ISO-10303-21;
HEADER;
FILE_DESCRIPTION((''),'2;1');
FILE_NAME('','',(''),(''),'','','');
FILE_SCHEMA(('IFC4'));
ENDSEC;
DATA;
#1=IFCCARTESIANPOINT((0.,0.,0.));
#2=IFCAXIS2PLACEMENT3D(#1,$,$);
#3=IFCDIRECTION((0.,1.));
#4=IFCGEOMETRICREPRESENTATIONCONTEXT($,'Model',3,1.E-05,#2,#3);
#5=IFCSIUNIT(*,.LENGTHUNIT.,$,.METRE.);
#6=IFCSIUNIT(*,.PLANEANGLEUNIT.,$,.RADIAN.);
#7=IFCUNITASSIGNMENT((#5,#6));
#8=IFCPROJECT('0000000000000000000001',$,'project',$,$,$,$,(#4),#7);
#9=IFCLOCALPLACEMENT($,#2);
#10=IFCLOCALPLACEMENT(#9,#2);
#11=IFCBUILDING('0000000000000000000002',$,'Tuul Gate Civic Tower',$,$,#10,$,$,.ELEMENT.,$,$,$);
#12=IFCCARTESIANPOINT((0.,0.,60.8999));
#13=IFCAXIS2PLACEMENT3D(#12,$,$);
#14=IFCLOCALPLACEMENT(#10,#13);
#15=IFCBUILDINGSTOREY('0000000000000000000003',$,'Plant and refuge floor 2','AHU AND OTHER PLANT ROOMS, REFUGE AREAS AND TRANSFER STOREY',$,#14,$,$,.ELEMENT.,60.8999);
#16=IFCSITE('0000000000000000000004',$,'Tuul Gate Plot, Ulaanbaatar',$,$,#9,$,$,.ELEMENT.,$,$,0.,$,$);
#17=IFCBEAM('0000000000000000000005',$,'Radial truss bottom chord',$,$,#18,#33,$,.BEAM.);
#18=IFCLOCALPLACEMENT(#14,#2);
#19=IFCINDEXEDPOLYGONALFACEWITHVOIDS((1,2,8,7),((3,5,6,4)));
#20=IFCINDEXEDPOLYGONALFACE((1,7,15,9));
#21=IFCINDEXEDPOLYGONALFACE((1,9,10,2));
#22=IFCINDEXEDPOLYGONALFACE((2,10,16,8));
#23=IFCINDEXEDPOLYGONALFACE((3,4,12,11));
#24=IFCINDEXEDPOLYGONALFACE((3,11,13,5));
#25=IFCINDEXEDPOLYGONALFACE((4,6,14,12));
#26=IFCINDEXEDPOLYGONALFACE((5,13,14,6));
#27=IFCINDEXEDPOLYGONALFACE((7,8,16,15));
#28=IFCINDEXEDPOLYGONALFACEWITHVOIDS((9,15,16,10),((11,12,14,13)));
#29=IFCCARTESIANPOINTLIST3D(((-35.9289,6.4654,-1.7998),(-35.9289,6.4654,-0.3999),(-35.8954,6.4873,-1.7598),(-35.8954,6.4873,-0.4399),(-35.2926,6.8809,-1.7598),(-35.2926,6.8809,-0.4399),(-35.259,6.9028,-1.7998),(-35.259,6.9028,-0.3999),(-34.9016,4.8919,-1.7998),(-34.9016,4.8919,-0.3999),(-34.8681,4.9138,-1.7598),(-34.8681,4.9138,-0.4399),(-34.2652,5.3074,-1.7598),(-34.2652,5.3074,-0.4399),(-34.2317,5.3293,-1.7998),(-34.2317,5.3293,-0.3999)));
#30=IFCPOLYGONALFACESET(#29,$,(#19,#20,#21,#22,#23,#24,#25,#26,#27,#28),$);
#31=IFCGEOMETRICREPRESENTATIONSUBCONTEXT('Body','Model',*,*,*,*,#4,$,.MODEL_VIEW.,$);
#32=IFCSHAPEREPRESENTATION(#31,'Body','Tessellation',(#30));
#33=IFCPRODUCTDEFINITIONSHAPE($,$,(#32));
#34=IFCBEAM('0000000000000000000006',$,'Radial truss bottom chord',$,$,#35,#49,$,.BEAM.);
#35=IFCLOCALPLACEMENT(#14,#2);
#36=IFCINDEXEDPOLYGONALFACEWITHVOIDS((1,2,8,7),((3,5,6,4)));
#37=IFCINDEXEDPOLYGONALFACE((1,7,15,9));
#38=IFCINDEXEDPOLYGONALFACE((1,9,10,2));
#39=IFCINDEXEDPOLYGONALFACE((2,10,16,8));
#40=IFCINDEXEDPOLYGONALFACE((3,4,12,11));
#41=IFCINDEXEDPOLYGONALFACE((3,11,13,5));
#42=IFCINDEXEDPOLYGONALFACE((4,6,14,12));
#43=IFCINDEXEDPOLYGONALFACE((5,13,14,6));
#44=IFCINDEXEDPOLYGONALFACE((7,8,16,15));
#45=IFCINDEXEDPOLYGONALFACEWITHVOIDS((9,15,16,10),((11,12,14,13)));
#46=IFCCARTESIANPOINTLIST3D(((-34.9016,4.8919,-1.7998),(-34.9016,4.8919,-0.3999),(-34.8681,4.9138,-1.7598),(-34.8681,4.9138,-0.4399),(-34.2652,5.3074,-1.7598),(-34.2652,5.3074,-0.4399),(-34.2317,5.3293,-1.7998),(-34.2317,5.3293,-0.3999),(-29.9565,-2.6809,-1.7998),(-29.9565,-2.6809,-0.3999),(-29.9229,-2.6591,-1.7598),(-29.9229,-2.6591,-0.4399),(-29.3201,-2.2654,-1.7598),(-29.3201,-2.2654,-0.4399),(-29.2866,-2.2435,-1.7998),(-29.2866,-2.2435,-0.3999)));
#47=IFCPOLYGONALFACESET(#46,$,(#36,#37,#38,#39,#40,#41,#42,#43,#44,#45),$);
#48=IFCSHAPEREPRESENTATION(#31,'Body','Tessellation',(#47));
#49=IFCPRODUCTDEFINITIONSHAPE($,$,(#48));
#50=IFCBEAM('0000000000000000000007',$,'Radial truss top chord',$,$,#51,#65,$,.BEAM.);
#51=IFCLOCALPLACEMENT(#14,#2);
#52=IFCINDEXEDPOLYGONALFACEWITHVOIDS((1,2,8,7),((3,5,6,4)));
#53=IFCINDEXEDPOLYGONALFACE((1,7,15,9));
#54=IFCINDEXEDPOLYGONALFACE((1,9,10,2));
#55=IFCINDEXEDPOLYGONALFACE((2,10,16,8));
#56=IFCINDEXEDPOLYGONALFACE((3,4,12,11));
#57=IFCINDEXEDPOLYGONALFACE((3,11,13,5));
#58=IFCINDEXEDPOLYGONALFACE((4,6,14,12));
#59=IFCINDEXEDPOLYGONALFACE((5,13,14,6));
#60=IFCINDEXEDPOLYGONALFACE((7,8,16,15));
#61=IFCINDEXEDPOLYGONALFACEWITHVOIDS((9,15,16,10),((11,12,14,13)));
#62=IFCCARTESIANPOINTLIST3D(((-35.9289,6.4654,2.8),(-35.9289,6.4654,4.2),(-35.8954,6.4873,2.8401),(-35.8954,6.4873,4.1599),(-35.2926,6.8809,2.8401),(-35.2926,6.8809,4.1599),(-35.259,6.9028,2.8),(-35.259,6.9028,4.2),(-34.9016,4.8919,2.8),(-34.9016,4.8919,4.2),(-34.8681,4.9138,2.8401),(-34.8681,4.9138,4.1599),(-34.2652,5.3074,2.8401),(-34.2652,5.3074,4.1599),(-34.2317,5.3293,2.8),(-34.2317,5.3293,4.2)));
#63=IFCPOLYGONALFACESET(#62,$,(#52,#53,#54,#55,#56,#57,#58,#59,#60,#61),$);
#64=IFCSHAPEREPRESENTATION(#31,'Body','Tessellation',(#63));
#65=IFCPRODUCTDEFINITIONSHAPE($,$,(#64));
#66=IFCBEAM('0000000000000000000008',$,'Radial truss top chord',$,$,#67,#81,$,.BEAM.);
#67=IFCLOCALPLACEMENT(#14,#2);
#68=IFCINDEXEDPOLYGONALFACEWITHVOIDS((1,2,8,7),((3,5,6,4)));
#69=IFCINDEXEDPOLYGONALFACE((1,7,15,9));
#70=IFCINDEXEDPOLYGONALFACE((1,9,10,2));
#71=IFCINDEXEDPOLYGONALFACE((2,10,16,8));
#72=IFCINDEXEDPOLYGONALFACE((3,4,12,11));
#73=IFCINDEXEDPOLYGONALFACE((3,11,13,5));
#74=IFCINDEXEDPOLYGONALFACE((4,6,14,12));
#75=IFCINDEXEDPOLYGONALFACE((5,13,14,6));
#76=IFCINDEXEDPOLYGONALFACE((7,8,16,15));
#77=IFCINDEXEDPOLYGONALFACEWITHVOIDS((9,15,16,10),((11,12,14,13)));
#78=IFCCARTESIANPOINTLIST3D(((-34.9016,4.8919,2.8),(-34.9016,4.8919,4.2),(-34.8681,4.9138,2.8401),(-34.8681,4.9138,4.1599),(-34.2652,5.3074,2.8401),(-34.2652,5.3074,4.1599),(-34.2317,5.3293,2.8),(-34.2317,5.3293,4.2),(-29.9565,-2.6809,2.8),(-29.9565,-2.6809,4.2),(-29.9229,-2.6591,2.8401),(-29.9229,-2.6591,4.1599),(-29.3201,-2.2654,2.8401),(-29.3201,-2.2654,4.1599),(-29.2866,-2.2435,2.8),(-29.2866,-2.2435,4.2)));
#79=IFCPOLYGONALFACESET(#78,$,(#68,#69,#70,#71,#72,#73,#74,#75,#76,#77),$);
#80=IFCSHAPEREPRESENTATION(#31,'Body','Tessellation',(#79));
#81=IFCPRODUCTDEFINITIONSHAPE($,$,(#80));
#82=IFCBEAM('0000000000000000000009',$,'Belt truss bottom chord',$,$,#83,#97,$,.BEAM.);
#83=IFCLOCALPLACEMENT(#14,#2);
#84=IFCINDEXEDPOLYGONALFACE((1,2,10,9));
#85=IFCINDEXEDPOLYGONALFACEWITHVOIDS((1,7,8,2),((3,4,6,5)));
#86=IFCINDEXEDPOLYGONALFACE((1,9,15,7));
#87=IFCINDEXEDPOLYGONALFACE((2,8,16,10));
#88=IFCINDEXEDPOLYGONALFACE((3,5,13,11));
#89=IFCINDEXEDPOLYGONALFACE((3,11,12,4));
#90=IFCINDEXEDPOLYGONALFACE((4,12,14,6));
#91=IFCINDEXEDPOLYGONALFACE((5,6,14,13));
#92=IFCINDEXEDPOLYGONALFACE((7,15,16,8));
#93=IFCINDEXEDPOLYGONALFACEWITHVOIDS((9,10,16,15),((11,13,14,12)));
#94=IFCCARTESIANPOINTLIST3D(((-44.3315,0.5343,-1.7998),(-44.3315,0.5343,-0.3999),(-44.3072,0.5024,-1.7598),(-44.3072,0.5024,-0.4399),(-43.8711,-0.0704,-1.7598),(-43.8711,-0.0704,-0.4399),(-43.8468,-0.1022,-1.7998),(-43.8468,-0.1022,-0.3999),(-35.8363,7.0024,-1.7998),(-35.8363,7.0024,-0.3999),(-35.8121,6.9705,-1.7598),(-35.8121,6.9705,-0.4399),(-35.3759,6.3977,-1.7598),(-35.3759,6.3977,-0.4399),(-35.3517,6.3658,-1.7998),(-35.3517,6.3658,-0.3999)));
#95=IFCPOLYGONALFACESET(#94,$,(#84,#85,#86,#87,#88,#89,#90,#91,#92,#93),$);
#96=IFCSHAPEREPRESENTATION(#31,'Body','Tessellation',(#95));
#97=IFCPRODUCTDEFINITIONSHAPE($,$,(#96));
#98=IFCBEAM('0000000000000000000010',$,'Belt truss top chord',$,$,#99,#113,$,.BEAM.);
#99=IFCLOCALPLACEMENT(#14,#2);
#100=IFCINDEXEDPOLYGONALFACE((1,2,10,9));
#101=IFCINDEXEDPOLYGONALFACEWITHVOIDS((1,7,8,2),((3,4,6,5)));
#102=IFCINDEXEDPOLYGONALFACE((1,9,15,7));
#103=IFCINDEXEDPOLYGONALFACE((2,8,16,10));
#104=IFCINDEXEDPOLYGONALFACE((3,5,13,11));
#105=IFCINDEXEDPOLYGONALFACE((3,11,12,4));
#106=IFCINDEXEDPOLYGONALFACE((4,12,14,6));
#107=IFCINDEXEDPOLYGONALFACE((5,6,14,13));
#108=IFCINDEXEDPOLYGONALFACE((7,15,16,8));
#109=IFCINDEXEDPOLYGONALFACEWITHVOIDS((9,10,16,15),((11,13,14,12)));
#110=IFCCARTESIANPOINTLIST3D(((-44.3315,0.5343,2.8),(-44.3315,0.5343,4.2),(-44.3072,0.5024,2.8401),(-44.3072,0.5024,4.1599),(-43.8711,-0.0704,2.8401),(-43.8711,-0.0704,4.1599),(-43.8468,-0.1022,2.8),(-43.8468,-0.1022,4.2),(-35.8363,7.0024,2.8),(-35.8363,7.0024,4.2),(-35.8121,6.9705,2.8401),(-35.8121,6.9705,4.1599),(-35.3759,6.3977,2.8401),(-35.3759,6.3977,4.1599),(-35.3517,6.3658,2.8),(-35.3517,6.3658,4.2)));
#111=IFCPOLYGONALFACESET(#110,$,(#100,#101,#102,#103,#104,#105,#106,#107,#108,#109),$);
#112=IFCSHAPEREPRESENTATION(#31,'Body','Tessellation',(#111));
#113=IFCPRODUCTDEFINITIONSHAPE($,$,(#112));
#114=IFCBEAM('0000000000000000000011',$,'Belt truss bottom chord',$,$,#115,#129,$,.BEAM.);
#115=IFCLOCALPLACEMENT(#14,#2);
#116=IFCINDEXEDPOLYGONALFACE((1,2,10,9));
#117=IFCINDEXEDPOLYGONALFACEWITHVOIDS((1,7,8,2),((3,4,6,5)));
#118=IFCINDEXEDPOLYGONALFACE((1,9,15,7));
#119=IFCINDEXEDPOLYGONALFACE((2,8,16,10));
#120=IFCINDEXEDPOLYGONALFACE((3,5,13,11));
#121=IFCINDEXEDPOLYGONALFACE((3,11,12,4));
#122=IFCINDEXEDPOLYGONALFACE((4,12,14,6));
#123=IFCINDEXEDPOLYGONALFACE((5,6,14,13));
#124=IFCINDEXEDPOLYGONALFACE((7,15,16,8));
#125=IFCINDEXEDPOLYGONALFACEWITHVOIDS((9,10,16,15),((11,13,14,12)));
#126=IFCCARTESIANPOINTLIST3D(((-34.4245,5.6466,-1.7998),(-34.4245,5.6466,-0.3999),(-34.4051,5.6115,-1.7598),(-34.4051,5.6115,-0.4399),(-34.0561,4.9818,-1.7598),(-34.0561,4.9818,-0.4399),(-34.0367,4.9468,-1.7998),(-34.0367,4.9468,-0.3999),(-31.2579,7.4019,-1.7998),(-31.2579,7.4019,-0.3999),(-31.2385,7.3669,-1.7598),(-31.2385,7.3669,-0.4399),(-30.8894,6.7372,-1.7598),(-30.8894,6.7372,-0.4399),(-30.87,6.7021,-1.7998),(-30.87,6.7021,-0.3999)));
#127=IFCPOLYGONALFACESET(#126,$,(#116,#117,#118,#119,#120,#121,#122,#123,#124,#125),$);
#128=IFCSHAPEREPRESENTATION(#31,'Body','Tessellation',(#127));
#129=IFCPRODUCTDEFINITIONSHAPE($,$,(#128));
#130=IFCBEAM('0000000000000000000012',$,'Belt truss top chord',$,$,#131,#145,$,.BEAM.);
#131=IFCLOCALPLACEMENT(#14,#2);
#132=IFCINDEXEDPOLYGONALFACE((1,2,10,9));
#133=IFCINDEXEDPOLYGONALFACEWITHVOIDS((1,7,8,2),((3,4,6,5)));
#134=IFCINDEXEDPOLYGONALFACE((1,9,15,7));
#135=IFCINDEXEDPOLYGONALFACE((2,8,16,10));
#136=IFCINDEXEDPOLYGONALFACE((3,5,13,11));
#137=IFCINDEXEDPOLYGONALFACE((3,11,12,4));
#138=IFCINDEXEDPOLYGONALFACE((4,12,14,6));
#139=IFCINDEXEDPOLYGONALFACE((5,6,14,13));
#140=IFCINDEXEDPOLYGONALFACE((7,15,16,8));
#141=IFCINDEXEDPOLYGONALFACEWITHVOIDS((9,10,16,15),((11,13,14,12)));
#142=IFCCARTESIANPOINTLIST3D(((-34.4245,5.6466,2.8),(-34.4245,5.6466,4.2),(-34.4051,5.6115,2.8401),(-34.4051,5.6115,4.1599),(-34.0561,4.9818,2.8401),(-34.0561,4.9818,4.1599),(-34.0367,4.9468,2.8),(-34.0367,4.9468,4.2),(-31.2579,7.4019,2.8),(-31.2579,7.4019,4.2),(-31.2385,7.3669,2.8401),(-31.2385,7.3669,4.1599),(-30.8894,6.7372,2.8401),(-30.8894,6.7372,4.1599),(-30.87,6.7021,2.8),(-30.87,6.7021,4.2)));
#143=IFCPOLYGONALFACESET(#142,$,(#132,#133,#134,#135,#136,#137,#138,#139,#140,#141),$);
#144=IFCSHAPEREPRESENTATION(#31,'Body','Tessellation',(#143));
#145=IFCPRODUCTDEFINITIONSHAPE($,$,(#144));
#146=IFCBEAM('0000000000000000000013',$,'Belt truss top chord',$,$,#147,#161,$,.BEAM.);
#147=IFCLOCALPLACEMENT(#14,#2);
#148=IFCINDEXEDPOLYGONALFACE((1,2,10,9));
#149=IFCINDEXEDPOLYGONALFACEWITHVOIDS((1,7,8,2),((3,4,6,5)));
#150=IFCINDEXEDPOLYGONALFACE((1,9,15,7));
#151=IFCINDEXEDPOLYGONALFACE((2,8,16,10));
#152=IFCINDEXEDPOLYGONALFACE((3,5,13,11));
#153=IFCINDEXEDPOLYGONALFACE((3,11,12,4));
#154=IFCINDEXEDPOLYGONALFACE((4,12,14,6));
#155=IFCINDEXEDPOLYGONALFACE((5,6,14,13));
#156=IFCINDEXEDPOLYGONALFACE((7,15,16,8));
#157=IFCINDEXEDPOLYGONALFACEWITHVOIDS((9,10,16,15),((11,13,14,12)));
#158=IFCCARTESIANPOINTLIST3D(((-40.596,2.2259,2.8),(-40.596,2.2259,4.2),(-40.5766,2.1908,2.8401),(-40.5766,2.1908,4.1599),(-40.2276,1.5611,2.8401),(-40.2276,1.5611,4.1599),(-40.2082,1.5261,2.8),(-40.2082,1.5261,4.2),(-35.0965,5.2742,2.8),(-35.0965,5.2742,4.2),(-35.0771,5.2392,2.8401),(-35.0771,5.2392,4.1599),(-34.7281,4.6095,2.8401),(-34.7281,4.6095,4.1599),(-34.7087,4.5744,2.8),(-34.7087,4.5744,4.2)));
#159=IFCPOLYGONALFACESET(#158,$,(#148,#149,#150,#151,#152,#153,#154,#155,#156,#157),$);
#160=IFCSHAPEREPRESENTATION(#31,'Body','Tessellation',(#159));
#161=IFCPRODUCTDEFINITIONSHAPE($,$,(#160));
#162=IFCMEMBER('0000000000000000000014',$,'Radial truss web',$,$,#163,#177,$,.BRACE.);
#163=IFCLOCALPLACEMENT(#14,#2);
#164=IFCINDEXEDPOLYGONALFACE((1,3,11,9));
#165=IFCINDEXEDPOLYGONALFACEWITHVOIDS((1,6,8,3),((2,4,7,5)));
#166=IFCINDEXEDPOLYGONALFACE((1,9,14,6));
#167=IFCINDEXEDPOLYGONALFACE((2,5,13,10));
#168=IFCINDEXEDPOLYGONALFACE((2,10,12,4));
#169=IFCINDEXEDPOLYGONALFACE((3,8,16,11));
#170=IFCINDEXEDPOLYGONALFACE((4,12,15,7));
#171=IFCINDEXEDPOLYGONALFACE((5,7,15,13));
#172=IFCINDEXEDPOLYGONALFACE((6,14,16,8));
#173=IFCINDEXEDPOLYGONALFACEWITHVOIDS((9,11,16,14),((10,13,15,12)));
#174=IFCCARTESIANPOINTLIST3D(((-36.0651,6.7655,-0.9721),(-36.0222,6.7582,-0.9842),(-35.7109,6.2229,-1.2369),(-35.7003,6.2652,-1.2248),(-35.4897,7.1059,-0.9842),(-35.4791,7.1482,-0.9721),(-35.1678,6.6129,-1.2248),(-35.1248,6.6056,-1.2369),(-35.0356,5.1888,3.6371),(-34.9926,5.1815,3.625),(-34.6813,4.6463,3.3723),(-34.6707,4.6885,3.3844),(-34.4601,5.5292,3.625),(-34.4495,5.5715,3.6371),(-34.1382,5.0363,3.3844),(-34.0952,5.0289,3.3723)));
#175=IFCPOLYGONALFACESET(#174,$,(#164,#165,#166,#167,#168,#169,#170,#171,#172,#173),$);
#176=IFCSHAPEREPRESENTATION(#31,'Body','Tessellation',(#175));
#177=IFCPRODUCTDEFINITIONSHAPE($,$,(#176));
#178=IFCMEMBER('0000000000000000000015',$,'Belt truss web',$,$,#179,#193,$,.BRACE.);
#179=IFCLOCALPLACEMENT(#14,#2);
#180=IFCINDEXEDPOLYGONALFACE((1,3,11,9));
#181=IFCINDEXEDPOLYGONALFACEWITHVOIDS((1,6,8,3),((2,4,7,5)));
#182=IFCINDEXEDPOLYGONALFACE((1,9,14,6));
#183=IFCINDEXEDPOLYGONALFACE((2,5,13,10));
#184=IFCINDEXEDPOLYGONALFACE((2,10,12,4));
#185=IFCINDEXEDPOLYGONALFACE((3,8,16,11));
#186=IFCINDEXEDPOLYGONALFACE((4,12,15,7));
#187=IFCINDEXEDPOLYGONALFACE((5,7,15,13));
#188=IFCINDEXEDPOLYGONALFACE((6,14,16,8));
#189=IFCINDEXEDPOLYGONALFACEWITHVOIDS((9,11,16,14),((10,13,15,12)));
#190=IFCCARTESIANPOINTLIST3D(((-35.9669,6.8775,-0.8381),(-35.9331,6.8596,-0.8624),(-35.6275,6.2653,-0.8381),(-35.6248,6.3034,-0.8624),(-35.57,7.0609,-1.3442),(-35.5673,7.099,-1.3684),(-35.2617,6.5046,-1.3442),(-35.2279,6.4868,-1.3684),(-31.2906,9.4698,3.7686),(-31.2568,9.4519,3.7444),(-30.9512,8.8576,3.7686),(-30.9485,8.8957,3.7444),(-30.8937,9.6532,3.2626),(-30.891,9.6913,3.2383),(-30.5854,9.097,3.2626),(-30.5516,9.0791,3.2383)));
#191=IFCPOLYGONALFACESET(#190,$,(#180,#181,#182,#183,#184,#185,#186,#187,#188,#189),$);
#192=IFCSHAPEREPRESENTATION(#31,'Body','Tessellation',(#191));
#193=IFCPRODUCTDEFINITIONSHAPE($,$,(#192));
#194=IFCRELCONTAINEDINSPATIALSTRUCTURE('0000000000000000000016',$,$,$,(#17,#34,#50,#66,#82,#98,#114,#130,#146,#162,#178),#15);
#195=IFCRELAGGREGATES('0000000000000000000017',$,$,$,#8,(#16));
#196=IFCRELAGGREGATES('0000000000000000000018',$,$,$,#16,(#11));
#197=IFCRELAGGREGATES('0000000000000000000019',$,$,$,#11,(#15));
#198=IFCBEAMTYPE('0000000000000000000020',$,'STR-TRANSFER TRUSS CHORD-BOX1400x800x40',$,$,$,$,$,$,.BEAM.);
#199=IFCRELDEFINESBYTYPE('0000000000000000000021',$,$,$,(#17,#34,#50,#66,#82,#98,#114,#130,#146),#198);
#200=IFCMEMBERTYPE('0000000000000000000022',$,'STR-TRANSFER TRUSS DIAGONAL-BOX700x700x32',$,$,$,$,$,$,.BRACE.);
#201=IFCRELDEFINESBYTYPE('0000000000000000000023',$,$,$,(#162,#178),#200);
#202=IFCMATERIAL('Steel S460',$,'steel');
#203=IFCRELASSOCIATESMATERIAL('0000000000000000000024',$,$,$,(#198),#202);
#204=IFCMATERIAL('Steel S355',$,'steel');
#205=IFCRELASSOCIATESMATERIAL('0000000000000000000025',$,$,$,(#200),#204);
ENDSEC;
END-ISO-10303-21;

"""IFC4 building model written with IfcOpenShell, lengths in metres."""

from ifc_helpers import new_model, si_unit, direction, frame, origin, origin_2d, place, context, subcontext, project, spatial, hollow_rectangle, extrude, material, material_profile, profile_set, type_object, element, save


model = new_model("IFC4")

# Units and contexts
model_context = context("Model", 3, precision=1e-05, world=origin(), true_north=direction((0.0, 1.0)))
body_context = subcontext(model_context, "Body", "Model", "MODEL_VIEW")
ifc_project = project(units=[si_unit("LENGTHUNIT", "METRE"), si_unit("PLANEANGLEUNIT", "RADIAN")], contexts=[model_context])

# Site, building, storey
site_placement = place(None, origin())
site = spatial("IfcSite", under=ifc_project, at=site_placement, Name="Tuul Gate Plot, Ulaanbaatar", CompositionType="ELEMENT", RefElevation=0.0)
building_placement = place(site_placement, origin())
building = spatial("IfcBuilding", under=site, at=building_placement, Name="Tuul Gate Civic Tower", CompositionType="ELEMENT")
storey_placement = place(building_placement, frame((0.0, 0.0, 60.8999)))
storey = spatial("IfcBuildingStorey", under=building, at=storey_placement, Name="Plant and refuge floor 2", Description="AHU AND OTHER PLANT ROOMS, REFUGE AREAS AND TRANSFER STOREY", CompositionType="ELEMENT", Elevation=60.8999)

# Beams
ifc_material_1 = material(Name="Steel S460", Category="steel")
ifc_material_profile_1 = material_profile(ifc_material_1, hollow_rectangle(XDim=0.8, YDim=1.3999, WallThickness=0.04, at=origin_2d()), Name="BOX1400x800x40")
ifc_profile_set_1 = profile_set([ifc_material_profile_1], Name="Steel S460")
beam_type = type_object("IfcBeamType", Name="STR-TRANSFER TRUSS CHORD-BOX1400x800x40", PredefinedType="BEAM", material=ifc_profile_set_1)
beam_1_placement = place(storey_placement, frame((-35.594, 6.6841, -1.0999), z_axis=(0.5467, -0.837329, 0.0), x_axis=(0.837329, 0.5467, 0.0)))
element("IfcBeam", 1, at=beam_1_placement, inside=storey, type_object=beam_type, Name="Radial truss bottom chord", PredefinedType="BEAM", context=body_context, shape_type="SweptSolid", body=[
    extrude(hollow_rectangle(XDim=0.8, YDim=1.3999, WallThickness=0.04, at=origin_2d()), origin(), (0.0, 0.0, 1.0), 1.8792),
])
beam_2_placement = place(storey_placement, frame((-34.5667, 5.1106, -1.0999), z_axis=(0.546758, -0.837291, 0.0), x_axis=(0.837291, 0.546758, 0.0)))
element("IfcBeam", 2, at=beam_2_placement, inside=storey, type_object=beam_type, Name="Radial truss bottom chord", PredefinedType="BEAM", context=body_context, shape_type="SweptSolid", body=[
    extrude(hollow_rectangle(XDim=0.8, YDim=1.3999, WallThickness=0.04, at=origin_2d()), origin(), (0.0, 0.0, 1.0), 9.0444),
])
beam_3_placement = place(storey_placement, frame((-35.594, 6.6841, 3.5), z_axis=(0.5467, -0.837329, 0.0), x_axis=(0.837329, 0.5467, 0.0)))
element("IfcBeam", 3, at=beam_3_placement, inside=storey, type_object=beam_type, Name="Radial truss top chord", PredefinedType="BEAM", context=body_context, shape_type="SweptSolid", body=[
    extrude(hollow_rectangle(XDim=0.8, YDim=1.3999, WallThickness=0.04, at=origin_2d()), origin(), (0.0, 0.0, 1.0), 1.8792),
])
beam_4_placement = place(storey_placement, frame((-34.5667, 5.1106, 3.5), z_axis=(0.546758, -0.837291, 0.0), x_axis=(0.837291, 0.546758, 0.0)))
element("IfcBeam", 4, at=beam_4_placement, inside=storey, type_object=beam_type, Name="Radial truss top chord", PredefinedType="BEAM", context=body_context, shape_type="SweptSolid", body=[
    extrude(hollow_rectangle(XDim=0.8, YDim=1.3999, WallThickness=0.04, at=origin_2d()), origin(), (0.0, 0.0, 1.0), 9.0444),
])
for number, where, z_axis, x_axis, name in (
    (5, (-35.594, 6.6841, -1.0999), (-0.795633, -0.605779, 0.0), (0.605779, -0.795633, 0.0), "Belt truss bottom chord"),
    (6, (-35.594, 6.6841, 3.5), (-0.795633, -0.605779, 0.0), (0.605779, -0.795633, 0.0), "Belt truss top chord"),
):
    element("IfcBeam", number, at=place(storey_placement, frame(where, z_axis=z_axis, x_axis=x_axis)), inside=storey, type_object=beam_type, Name=name, PredefinedType="BEAM", context=body_context, shape_type="SweptSolid", body=[
        extrude(hollow_rectangle(XDim=0.8, YDim=1.3999, WallThickness=0.04, at=origin_2d()), origin(), (0.0, 0.0, 1.0), 10.6772),
    ])
for number, where, z_axis, x_axis, name in (
    (7, (-31.064, 7.052, -1.0999), (-0.874618, -0.484813, 0.0), (0.484813, -0.874618, 0.0), "Belt truss bottom chord"),
    (8, (-31.064, 7.052, 3.5), (-0.874618, -0.484813, 0.0), (0.484813, -0.874618, 0.0), "Belt truss top chord"),
):
    element("IfcBeam", number, at=place(storey_placement, frame(where, z_axis=z_axis, x_axis=x_axis)), inside=storey, type_object=beam_type, Name=name, PredefinedType="BEAM", context=body_context, shape_type="SweptSolid", body=[
        extrude(hollow_rectangle(XDim=0.8, YDim=1.3999, WallThickness=0.04, at=origin_2d()), origin(), (0.0, 0.0, 1.0), 3.6206),
    ])
beam_5_placement = place(storey_placement, frame((-34.9026, 4.9243, 3.5), z_axis=(-0.874626, -0.484799, 0.0), x_axis=(0.484799, -0.874626, 0.0)))
element("IfcBeam", 9, at=beam_5_placement, inside=storey, type_object=beam_type, Name="Belt truss top chord", PredefinedType="BEAM", context=body_context, shape_type="SweptSolid", body=[
    extrude(hollow_rectangle(XDim=0.8, YDim=1.3999, WallThickness=0.04, at=origin_2d()), origin(), (0.0, 0.0, 1.0), 6.2878),
])

# Members
ifc_material_2 = material(Name="Steel S355", Category="steel")
ifc_material_profile_2 = material_profile(ifc_material_2, hollow_rectangle(XDim=0.7, YDim=0.7, WallThickness=0.032, at=origin_2d()), Name="BOX700x700x32")
ifc_profile_set_2 = profile_set([ifc_material_profile_2], Name="Steel S355")
member_type_1 = type_object("IfcMemberType", Name="STR-TRANSFER TRUSS DIAGONAL-BOX700x700x32", PredefinedType="BRACE", material=ifc_profile_set_2)
member_1_placement = place(storey_placement, frame((-35.595, 6.6855, -1.1045), z_axis=(0.206779, -0.316665, 0.925724), x_axis=(0.837298, 0.546746, 0.0)))
element("IfcMember", 10, at=member_1_placement, inside=storey, type_object=member_type_1, Name="Radial truss web", PredefinedType="BRACE", context=body_context, shape_type="SweptSolid", body=[
    extrude(hollow_rectangle(XDim=0.7, YDim=0.7, WallThickness=0.032, at=origin_2d()), origin(), (0.0, 0.0, 1.0), 4.979),
])
member_2_placement = place(storey_placement, frame((-35.5974, 6.6821, -1.1033), z_axis=(0.662591, 0.367307, 0.652732), x_axis=(-0.484836, 0.874605, 0.0)))
element("IfcMember", 11, at=member_2_placement, inside=storey, type_object=member_type_1, Name="Belt truss web", PredefinedType="BRACE", context=body_context, shape_type="SweptSolid", body=[
    extrude(hollow_rectangle(XDim=0.7, YDim=0.7, WallThickness=0.032, at=origin_2d()), origin(), (0.0, 0.0, 1.0), 7.0576),
])

save(model, "model.ifc")
